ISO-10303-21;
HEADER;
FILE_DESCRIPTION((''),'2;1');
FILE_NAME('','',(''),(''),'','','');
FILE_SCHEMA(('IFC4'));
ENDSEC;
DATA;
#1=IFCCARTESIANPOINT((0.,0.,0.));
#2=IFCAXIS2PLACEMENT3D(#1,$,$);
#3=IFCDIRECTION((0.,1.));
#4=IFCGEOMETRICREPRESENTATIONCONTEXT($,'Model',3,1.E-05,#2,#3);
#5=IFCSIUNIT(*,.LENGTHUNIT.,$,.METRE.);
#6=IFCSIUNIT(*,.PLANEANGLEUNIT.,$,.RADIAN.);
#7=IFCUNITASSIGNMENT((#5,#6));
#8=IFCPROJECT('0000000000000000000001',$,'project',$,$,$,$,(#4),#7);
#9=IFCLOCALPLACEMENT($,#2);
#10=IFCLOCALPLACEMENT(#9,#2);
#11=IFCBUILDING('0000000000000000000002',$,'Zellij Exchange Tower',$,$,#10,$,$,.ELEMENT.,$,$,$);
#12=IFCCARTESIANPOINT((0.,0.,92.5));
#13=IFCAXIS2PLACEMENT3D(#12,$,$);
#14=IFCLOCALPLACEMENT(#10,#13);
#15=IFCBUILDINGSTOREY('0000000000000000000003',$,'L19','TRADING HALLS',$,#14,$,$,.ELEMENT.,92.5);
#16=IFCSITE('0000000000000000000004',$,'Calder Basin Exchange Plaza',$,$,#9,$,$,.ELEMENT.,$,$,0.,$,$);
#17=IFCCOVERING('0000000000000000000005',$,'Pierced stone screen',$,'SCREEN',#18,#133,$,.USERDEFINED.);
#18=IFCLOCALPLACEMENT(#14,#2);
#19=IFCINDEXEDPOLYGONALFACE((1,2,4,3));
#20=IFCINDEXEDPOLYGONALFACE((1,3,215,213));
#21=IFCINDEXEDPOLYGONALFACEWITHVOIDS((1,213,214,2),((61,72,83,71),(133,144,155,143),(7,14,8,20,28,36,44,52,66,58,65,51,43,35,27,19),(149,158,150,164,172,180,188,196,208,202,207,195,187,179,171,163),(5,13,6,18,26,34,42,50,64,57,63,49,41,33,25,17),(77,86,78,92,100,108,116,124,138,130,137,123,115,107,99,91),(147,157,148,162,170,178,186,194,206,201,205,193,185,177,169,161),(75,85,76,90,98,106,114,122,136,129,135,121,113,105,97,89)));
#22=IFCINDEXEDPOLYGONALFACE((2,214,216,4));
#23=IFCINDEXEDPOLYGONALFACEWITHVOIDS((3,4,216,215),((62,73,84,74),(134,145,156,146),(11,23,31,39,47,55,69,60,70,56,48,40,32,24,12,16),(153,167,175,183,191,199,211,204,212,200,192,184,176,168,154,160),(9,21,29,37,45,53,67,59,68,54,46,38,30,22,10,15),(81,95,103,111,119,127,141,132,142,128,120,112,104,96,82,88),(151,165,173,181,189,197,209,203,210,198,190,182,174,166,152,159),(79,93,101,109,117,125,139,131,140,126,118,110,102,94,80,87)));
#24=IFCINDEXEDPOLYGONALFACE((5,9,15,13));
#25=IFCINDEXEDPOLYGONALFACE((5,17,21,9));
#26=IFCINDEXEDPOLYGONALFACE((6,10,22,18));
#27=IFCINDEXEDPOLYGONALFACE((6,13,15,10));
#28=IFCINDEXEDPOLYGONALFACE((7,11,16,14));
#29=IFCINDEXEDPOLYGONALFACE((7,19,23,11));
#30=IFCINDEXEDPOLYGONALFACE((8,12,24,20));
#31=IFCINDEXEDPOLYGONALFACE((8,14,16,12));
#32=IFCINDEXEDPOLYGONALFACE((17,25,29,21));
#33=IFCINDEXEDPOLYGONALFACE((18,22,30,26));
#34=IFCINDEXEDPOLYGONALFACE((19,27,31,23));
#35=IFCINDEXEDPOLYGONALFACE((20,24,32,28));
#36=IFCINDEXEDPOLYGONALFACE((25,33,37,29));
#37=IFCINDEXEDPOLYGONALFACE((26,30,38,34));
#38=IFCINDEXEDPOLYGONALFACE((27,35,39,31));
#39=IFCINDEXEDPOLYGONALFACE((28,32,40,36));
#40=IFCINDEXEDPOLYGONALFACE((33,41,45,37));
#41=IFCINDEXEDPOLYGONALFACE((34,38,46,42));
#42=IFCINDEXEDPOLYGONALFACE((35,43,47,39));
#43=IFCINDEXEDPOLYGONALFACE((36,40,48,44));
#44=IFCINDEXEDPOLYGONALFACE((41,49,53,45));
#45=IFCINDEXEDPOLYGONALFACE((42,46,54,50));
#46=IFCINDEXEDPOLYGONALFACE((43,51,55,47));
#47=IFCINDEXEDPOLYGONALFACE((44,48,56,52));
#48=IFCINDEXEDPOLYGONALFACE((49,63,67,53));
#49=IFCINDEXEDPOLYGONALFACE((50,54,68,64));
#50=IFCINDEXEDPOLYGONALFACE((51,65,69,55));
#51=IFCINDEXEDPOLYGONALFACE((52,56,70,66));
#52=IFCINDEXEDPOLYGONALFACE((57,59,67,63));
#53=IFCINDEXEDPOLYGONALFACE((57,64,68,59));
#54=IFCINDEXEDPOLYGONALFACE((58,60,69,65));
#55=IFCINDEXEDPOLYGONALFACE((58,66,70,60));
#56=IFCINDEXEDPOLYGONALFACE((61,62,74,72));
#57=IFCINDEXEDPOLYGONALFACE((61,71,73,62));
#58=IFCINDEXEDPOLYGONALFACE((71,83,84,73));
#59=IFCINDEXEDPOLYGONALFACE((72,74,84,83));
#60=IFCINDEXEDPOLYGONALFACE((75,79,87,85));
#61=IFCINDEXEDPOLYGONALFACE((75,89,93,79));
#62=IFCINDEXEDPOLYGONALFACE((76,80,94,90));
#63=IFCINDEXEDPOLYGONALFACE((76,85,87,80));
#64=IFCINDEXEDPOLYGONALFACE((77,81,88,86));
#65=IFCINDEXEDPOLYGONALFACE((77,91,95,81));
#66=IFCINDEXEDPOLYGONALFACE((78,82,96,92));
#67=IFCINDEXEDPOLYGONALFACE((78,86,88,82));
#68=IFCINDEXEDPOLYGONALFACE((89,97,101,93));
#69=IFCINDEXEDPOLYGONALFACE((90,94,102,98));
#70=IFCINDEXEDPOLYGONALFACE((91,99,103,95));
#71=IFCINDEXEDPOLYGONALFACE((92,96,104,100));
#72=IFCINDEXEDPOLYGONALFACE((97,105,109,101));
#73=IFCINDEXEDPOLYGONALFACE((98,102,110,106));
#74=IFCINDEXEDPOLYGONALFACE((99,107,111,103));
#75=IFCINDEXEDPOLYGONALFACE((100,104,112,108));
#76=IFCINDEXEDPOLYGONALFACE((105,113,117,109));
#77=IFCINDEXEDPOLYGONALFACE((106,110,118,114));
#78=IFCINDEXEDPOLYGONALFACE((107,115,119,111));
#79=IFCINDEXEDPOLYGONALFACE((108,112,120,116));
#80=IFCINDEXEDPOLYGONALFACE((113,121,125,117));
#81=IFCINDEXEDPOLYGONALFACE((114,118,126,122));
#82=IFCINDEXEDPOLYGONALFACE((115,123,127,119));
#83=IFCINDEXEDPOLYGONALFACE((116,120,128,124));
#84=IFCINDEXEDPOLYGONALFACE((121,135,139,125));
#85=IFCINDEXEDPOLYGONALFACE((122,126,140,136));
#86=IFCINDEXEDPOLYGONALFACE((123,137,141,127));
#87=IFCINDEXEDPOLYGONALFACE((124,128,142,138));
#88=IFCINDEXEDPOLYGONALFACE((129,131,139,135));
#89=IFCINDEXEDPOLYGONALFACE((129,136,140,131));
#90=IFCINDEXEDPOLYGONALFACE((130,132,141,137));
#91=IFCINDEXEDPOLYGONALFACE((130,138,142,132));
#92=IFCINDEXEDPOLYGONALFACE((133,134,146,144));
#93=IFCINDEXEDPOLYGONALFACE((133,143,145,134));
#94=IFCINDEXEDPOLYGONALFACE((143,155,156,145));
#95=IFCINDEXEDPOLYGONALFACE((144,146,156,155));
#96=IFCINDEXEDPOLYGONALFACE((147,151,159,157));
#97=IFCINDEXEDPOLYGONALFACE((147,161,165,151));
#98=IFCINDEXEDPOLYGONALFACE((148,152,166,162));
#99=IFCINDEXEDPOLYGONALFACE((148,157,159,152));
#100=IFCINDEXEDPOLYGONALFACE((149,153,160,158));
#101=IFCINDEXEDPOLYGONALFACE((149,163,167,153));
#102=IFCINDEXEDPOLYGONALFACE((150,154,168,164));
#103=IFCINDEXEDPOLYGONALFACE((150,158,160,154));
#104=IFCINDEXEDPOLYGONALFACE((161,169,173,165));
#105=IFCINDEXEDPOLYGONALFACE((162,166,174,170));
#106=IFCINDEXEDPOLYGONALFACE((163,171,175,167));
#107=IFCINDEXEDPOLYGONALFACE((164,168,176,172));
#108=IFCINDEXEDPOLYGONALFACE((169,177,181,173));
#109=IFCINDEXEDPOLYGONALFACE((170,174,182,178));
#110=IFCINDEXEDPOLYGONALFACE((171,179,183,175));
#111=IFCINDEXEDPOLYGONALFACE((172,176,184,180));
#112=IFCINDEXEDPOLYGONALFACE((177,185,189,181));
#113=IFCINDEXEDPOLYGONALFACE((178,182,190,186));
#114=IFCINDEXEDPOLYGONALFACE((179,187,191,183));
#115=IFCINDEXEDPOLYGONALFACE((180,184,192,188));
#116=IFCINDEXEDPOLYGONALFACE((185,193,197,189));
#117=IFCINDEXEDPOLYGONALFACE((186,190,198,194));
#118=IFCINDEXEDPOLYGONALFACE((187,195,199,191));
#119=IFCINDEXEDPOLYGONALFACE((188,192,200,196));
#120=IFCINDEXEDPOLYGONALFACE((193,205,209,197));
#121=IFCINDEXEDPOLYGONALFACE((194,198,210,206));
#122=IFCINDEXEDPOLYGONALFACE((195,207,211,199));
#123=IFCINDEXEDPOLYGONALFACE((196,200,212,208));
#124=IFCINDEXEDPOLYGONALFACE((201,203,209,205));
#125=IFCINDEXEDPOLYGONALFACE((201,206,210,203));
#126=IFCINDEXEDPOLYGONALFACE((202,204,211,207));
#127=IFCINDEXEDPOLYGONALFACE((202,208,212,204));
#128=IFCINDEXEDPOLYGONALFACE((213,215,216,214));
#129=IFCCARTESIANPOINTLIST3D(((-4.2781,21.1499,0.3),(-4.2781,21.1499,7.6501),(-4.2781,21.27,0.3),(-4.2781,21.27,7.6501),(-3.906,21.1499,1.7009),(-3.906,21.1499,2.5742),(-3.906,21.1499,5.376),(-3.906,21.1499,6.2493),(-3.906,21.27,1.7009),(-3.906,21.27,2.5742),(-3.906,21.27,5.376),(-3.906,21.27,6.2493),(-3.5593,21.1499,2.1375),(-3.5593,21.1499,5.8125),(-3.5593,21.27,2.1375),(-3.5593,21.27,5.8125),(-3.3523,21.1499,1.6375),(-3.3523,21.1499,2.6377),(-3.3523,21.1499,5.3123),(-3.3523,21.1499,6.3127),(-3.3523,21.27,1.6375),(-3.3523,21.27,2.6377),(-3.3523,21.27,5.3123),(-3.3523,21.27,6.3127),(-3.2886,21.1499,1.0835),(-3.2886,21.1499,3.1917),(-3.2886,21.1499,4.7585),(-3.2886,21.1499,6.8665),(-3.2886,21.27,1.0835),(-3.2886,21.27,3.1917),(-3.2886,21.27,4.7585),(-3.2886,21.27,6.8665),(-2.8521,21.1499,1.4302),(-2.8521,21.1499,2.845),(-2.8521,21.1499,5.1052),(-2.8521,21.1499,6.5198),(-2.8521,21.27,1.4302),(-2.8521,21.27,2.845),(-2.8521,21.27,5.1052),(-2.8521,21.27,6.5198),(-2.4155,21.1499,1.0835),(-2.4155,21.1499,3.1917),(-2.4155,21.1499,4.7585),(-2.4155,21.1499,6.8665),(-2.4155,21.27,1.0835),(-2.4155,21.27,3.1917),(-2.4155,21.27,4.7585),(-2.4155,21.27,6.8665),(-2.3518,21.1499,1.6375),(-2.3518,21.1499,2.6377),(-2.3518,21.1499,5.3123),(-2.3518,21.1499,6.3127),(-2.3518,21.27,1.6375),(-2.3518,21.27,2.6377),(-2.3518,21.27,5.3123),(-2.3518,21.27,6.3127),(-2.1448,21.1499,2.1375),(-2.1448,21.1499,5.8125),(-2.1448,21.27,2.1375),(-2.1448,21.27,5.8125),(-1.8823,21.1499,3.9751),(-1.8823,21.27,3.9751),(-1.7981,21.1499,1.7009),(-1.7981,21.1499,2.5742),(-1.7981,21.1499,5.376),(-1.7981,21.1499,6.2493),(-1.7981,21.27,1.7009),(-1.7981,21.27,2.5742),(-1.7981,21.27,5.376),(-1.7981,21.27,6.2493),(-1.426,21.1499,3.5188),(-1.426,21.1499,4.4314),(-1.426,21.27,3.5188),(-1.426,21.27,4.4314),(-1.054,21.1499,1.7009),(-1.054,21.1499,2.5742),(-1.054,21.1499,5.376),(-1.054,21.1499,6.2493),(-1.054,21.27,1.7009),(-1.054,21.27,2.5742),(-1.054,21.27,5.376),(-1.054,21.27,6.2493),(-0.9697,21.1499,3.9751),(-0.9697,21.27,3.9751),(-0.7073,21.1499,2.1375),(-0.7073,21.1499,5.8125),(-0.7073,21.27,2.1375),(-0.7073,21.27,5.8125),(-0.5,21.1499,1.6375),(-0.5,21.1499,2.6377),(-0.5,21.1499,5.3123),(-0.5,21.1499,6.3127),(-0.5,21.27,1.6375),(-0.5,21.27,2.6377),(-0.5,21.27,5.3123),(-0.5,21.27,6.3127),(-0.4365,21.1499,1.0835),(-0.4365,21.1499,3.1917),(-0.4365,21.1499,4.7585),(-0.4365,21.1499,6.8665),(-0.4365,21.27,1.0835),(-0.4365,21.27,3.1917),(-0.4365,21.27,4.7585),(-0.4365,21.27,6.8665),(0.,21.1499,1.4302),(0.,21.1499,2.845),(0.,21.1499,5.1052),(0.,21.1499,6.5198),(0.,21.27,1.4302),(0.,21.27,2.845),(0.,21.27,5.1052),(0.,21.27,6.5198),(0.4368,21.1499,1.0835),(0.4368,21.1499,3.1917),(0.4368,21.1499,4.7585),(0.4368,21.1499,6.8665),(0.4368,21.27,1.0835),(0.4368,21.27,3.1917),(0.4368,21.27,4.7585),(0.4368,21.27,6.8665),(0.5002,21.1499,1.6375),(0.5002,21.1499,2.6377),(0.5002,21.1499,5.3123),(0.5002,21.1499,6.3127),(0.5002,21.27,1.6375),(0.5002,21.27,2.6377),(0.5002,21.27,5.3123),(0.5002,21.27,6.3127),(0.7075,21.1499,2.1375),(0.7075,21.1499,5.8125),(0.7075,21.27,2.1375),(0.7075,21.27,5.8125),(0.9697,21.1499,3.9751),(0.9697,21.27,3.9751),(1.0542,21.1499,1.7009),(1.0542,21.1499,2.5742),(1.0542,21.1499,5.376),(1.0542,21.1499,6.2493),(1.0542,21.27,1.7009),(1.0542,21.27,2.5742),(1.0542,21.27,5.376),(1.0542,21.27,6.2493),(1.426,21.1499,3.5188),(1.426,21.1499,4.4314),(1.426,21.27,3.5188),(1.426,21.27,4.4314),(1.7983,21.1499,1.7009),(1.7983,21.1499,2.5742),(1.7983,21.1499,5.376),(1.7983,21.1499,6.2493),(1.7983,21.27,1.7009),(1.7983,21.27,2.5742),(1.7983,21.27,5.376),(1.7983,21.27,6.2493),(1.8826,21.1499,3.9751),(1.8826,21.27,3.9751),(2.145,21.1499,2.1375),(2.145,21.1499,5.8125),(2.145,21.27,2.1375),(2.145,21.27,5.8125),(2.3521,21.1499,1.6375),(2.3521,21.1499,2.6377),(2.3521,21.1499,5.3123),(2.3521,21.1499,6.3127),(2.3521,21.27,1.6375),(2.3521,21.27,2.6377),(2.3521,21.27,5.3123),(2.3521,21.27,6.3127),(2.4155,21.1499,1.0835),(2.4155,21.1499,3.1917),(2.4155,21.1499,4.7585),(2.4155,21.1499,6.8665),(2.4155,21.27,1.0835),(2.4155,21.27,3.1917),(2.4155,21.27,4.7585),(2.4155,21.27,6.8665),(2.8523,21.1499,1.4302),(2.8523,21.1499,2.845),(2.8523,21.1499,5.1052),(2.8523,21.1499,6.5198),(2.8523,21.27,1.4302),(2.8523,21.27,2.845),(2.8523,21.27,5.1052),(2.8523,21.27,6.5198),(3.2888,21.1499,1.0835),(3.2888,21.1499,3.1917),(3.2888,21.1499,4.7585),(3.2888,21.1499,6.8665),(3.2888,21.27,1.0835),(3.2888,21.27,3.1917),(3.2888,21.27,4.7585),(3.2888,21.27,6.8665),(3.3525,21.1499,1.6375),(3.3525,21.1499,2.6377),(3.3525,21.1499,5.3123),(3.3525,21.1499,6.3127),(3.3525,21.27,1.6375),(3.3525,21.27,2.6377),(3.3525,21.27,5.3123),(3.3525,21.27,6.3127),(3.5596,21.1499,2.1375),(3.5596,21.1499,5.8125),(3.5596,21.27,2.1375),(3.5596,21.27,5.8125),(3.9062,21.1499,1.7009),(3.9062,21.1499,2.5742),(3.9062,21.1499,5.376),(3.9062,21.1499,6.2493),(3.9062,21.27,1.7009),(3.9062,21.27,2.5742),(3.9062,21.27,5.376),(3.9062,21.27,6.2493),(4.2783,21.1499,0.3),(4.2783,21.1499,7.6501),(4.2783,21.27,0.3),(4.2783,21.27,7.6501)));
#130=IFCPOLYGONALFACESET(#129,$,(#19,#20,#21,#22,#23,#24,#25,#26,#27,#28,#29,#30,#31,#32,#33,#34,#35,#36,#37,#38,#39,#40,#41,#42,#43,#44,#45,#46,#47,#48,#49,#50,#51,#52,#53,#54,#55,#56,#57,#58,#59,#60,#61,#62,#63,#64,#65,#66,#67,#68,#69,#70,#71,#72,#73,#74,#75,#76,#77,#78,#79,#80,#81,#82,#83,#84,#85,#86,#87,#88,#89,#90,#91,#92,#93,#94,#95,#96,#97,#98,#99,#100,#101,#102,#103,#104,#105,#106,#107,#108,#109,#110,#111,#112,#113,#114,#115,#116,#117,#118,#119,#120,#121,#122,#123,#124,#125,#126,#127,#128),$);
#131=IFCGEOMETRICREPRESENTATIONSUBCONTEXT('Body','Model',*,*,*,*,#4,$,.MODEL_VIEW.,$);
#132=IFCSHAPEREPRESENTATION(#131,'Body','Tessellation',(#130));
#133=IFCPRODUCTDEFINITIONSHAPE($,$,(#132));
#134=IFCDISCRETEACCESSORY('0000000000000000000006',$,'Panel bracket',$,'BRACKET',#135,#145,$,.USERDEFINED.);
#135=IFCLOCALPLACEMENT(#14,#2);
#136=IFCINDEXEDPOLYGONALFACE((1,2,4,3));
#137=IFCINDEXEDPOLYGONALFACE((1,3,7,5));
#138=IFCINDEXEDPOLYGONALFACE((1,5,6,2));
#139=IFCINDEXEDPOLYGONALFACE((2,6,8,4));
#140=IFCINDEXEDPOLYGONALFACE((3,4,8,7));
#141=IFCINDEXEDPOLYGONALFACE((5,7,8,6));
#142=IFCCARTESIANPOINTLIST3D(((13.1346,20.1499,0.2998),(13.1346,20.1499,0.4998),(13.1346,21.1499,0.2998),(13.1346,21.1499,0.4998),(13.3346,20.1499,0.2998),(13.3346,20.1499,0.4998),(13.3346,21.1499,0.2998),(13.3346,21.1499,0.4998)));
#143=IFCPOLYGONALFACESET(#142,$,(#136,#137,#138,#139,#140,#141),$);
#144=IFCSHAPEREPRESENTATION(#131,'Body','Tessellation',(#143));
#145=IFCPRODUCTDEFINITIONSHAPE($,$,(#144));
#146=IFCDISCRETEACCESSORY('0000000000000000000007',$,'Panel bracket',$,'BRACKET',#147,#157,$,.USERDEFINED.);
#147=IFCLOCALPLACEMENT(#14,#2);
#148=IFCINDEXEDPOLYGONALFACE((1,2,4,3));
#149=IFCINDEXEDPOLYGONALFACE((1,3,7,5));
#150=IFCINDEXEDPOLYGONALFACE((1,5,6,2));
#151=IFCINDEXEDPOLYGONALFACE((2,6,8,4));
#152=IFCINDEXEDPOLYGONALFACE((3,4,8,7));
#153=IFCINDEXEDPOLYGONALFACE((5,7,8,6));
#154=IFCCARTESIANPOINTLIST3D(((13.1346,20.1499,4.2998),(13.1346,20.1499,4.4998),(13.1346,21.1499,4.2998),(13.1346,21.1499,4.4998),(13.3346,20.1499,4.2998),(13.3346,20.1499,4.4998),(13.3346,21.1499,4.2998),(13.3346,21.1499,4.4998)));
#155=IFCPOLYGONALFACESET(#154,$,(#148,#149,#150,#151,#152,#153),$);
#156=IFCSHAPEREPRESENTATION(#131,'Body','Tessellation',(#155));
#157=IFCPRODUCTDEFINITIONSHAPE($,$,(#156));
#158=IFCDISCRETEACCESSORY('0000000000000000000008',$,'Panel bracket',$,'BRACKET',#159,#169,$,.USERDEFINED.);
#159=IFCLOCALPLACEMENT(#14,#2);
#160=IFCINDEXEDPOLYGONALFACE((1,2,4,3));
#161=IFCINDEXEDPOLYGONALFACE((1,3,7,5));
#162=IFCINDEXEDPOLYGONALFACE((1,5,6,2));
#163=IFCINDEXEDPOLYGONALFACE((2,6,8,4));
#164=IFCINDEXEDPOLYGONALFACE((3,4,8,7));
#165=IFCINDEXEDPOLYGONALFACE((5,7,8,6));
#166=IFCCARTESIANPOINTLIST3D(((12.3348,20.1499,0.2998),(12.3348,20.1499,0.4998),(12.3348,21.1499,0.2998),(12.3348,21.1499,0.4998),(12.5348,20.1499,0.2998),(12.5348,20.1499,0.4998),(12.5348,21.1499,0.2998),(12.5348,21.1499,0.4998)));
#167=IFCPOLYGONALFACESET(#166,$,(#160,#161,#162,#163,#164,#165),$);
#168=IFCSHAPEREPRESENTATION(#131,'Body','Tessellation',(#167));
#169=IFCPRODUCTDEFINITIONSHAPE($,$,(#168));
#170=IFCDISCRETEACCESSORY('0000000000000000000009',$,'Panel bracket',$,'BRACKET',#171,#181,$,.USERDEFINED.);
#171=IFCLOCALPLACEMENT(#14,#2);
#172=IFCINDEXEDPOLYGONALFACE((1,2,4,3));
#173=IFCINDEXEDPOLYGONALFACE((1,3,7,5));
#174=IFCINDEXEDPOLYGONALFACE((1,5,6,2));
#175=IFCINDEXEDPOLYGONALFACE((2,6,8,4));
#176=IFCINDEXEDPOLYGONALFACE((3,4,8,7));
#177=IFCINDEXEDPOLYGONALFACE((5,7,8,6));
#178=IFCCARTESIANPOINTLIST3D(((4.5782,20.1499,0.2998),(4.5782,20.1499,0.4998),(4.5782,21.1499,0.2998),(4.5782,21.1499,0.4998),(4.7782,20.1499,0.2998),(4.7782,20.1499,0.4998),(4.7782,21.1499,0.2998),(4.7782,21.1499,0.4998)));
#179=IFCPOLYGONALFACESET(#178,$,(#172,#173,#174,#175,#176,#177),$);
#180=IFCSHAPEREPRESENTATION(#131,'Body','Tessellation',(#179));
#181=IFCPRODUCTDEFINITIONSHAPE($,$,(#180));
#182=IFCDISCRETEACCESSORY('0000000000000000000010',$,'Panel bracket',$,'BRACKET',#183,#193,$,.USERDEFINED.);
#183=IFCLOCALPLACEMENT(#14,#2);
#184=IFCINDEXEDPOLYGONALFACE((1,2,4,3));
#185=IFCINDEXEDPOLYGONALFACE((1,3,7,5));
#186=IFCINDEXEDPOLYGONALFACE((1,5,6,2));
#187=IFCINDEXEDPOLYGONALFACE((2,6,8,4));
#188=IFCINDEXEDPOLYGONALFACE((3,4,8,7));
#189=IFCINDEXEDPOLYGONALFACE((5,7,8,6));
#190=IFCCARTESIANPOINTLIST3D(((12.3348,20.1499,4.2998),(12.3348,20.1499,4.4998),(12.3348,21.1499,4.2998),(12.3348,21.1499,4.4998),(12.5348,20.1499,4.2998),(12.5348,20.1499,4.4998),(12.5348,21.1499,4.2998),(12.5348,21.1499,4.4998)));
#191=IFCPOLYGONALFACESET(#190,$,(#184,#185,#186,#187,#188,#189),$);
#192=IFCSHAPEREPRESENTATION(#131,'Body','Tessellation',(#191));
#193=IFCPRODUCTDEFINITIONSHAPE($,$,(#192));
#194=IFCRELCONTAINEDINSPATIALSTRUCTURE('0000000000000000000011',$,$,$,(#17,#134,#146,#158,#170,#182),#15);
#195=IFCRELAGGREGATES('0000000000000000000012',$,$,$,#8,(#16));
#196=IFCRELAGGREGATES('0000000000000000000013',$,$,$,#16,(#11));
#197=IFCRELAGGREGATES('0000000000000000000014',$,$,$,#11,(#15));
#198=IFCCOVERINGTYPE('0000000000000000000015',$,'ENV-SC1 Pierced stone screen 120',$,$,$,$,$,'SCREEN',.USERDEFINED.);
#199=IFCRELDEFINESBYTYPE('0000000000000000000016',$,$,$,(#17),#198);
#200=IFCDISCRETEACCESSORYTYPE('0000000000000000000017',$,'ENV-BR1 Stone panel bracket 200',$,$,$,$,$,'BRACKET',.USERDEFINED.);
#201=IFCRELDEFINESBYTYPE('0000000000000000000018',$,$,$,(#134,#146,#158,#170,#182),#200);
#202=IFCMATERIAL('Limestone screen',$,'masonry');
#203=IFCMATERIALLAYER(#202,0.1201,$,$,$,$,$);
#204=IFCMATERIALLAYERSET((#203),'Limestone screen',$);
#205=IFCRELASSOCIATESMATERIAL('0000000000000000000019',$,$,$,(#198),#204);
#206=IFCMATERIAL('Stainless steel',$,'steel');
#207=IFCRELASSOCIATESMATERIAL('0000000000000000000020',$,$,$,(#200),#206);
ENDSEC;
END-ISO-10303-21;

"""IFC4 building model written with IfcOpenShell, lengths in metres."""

from ifc_helpers import new_model, si_unit, direction, frame, origin, origin_2d, place, context, subcontext, project, spatial, polyline, rectangle, outline, extrude, material, layer, layer_set, type_object, element, save


model = new_model("IFC4")

# Units and contexts
model_context = context("Model", 3, precision=1e-05, world=origin(), true_north=direction((0.0, 1.0)))
body_context = subcontext(model_context, "Body", "Model", "MODEL_VIEW")
ifc_project = project(units=[si_unit("LENGTHUNIT", "METRE"), si_unit("PLANEANGLEUNIT", "RADIAN")], contexts=[model_context])

# Site, building, storey
site_placement = place(None, origin())
site = spatial("IfcSite", under=ifc_project, at=site_placement, Name="Calder Basin Exchange Plaza", CompositionType="ELEMENT", RefElevation=0.0)
building_placement = place(site_placement, origin())
building = spatial("IfcBuilding", under=site, at=building_placement, Name="Zellij Exchange Tower", CompositionType="ELEMENT")
storey_placement = place(building_placement, frame((0.0, 0.0, 92.5)))
storey = spatial("IfcBuildingStorey", under=building, at=storey_placement, Name="L19", Description="TRADING HALLS", CompositionType="ELEMENT", Elevation=92.5)

# Covering
ifc_material_1 = material(Name="Limestone screen", Category="masonry")
ifc_layer_1 = layer(ifc_material_1, 0.1201)
ifc_layer_set_1 = layer_set([ifc_layer_1], Name="Limestone screen")
covering_type_1 = type_object("IfcCoveringType", Name="ENV-SC1 Pierced stone screen 120", ElementType="SCREEN", PredefinedType="USERDEFINED", material=ifc_layer_set_1)
covering_1_placement = place(storey_placement, frame((4.2783, 21.21, 0.3), z_axis=(0.0, 0.0, 1.0), x_axis=(-1.0, 0.0, 0.0)))
element("IfcCovering", 1, at=covering_1_placement, inside=storey, type_object=covering_type_1, Name="Pierced stone screen", ObjectType="SCREEN", PredefinedType="USERDEFINED", context=body_context, shape_type="SweptSolid", body=[
    extrude(outline(polyline([(0.0, 0.0), (8.5564, 0.0), (8.5564, 7.3501), (0.0, 7.3501), (0.0, 0.0)]), holes=[polyline([(2.48, 2.2742), (1.9263, 2.3376), (1.8628, 2.8916), (1.426, 2.5449), (0.9895, 2.8916), (0.9258, 2.3376), (0.3721, 2.2742), (0.7188, 1.8374), (0.3721, 1.4009), (0.9258, 1.3374), (0.9895, 0.7834), (1.426, 1.1301), (1.8628, 0.7834), (1.9263, 1.3374), (2.48, 1.4009), (2.1333, 1.8374), (2.48, 2.2742)]), polyline([(2.48, 5.9492), (1.9263, 6.0127), (1.8628, 6.5664), (1.426, 6.2197), (0.9895, 6.5664), (0.9258, 6.0127), (0.3721, 5.9492), (0.7188, 5.5125), (0.3721, 5.0759), (0.9258, 5.0122), (0.9895, 4.4585), (1.426, 4.8052), (1.8628, 4.4585), (1.9263, 5.0122), (2.48, 5.0759), (2.1333, 5.5125), (2.48, 5.9492)]), polyline([(5.3323, 2.2742), (4.7783, 2.3376), (4.7148, 2.8916), (4.2783, 2.5449), (3.8416, 2.8916), (3.7781, 2.3376), (3.2241, 2.2742), (3.5708, 1.8374), (3.2241, 1.4009), (3.7781, 1.3374), (3.8416, 0.7834), (4.2783, 1.1301), (4.7148, 0.7834), (4.7783, 1.3374), (5.3323, 1.4009), (4.9856, 1.8374), (5.3323, 2.2742)]), polyline([(5.3323, 5.9492), (4.7783, 6.0127), (4.7148, 6.5664), (4.2783, 6.2197), (3.8416, 6.5664), (3.7781, 6.0127), (3.2241, 5.9492), (3.5708, 5.5125), (3.2241, 5.0759), (3.7781, 5.0122), (3.8416, 4.4585), (4.2783, 4.8052), (4.7148, 4.4585), (4.7783, 5.0122), (5.3323, 5.0759), (4.9856, 5.5125), (5.3323, 5.9492)]), polyline([(8.1843, 2.2742), (7.6306, 2.3376), (7.5669, 2.8916), (7.1304, 2.5449), (6.6938, 2.8916), (6.6301, 2.3376), (6.0764, 2.2742), (6.4231, 1.8374), (6.0764, 1.4009), (6.6301, 1.3374), (6.6938, 0.7834), (7.1304, 1.1301), (7.5669, 0.7834), (7.6306, 1.3374), (8.1843, 1.4009), (7.8376, 1.8374), (8.1843, 2.2742)]), polyline([(8.1843, 5.9492), (7.6306, 6.0127), (7.5669, 6.5664), (7.1304, 6.2197), (6.6938, 6.5664), (6.6301, 6.0127), (6.0764, 5.9492), (6.4231, 5.5125), (6.0764, 5.0759), (6.6301, 5.0122), (6.6938, 4.4585), (7.1304, 4.8052), (7.5669, 4.4585), (7.6306, 5.0122), (8.1843, 5.0759), (7.8376, 5.5125), (8.1843, 5.9492)]), polyline([(3.3086, 3.675), (2.8523, 4.1313), (2.3958, 3.675), (2.8523, 3.2188), (3.3086, 3.675)]), polyline([(6.1606, 3.675), (5.7043, 4.1313), (5.248, 3.675), (5.7043, 3.2188), (6.1606, 3.675)])]), frame((0.0, 0.0601, 0.0), z_axis=(0.0, -1.0, 0.0), x_axis=(1.0, 0.0, 0.0)), (0.0, 0.0, 1.0), 0.1201),
])

# Discrete accessories
ifc_material_2 = material(Name="Stainless steel", Category="steel")
discrete_accessory_type = type_object("IfcDiscreteAccessoryType", Name="ENV-BR1 Stone panel bracket 200", ElementType="BRACKET", PredefinedType="USERDEFINED", material=ifc_material_2)
for number, where, z_axis, x_axis, name in (
    (2, (13.2346, 20.6499, 0.2998), (0.0, 0.0, 1.0), (-1.0, 0.0, 0.0), "Panel bracket"),
    (3, (13.2346, 20.6499, 4.2998), (0.0, 0.0, 1.0), (-1.0, 0.0, 0.0), "Panel bracket"),
    (4, (12.4348, 20.6499, 0.2998), (0.0, 0.0, 1.0), (-1.0, 0.0, 0.0), "Panel bracket"),
    (5, (4.6782, 20.6499, 0.2998), (0.0, 0.0, 1.0), (-1.0, 0.0, 0.0), "Panel bracket"),
    (6, (12.4348, 20.6499, 4.2998), (0.0, 0.0, 1.0), (-1.0, 0.0, 0.0), "Panel bracket"),
):
    element("IfcDiscreteAccessory", number, at=place(storey_placement, frame(where, z_axis=z_axis, x_axis=x_axis)), inside=storey, type_object=discrete_accessory_type, Name=name, ObjectType="BRACKET", PredefinedType="USERDEFINED", context=body_context, shape_type="SweptSolid", body=[
        extrude(rectangle(XDim=0.2, YDim=1.0, at=origin_2d()), origin(), (0.0, 0.0, 1.0), 0.2),
    ])

save(model, "model.ifc")
